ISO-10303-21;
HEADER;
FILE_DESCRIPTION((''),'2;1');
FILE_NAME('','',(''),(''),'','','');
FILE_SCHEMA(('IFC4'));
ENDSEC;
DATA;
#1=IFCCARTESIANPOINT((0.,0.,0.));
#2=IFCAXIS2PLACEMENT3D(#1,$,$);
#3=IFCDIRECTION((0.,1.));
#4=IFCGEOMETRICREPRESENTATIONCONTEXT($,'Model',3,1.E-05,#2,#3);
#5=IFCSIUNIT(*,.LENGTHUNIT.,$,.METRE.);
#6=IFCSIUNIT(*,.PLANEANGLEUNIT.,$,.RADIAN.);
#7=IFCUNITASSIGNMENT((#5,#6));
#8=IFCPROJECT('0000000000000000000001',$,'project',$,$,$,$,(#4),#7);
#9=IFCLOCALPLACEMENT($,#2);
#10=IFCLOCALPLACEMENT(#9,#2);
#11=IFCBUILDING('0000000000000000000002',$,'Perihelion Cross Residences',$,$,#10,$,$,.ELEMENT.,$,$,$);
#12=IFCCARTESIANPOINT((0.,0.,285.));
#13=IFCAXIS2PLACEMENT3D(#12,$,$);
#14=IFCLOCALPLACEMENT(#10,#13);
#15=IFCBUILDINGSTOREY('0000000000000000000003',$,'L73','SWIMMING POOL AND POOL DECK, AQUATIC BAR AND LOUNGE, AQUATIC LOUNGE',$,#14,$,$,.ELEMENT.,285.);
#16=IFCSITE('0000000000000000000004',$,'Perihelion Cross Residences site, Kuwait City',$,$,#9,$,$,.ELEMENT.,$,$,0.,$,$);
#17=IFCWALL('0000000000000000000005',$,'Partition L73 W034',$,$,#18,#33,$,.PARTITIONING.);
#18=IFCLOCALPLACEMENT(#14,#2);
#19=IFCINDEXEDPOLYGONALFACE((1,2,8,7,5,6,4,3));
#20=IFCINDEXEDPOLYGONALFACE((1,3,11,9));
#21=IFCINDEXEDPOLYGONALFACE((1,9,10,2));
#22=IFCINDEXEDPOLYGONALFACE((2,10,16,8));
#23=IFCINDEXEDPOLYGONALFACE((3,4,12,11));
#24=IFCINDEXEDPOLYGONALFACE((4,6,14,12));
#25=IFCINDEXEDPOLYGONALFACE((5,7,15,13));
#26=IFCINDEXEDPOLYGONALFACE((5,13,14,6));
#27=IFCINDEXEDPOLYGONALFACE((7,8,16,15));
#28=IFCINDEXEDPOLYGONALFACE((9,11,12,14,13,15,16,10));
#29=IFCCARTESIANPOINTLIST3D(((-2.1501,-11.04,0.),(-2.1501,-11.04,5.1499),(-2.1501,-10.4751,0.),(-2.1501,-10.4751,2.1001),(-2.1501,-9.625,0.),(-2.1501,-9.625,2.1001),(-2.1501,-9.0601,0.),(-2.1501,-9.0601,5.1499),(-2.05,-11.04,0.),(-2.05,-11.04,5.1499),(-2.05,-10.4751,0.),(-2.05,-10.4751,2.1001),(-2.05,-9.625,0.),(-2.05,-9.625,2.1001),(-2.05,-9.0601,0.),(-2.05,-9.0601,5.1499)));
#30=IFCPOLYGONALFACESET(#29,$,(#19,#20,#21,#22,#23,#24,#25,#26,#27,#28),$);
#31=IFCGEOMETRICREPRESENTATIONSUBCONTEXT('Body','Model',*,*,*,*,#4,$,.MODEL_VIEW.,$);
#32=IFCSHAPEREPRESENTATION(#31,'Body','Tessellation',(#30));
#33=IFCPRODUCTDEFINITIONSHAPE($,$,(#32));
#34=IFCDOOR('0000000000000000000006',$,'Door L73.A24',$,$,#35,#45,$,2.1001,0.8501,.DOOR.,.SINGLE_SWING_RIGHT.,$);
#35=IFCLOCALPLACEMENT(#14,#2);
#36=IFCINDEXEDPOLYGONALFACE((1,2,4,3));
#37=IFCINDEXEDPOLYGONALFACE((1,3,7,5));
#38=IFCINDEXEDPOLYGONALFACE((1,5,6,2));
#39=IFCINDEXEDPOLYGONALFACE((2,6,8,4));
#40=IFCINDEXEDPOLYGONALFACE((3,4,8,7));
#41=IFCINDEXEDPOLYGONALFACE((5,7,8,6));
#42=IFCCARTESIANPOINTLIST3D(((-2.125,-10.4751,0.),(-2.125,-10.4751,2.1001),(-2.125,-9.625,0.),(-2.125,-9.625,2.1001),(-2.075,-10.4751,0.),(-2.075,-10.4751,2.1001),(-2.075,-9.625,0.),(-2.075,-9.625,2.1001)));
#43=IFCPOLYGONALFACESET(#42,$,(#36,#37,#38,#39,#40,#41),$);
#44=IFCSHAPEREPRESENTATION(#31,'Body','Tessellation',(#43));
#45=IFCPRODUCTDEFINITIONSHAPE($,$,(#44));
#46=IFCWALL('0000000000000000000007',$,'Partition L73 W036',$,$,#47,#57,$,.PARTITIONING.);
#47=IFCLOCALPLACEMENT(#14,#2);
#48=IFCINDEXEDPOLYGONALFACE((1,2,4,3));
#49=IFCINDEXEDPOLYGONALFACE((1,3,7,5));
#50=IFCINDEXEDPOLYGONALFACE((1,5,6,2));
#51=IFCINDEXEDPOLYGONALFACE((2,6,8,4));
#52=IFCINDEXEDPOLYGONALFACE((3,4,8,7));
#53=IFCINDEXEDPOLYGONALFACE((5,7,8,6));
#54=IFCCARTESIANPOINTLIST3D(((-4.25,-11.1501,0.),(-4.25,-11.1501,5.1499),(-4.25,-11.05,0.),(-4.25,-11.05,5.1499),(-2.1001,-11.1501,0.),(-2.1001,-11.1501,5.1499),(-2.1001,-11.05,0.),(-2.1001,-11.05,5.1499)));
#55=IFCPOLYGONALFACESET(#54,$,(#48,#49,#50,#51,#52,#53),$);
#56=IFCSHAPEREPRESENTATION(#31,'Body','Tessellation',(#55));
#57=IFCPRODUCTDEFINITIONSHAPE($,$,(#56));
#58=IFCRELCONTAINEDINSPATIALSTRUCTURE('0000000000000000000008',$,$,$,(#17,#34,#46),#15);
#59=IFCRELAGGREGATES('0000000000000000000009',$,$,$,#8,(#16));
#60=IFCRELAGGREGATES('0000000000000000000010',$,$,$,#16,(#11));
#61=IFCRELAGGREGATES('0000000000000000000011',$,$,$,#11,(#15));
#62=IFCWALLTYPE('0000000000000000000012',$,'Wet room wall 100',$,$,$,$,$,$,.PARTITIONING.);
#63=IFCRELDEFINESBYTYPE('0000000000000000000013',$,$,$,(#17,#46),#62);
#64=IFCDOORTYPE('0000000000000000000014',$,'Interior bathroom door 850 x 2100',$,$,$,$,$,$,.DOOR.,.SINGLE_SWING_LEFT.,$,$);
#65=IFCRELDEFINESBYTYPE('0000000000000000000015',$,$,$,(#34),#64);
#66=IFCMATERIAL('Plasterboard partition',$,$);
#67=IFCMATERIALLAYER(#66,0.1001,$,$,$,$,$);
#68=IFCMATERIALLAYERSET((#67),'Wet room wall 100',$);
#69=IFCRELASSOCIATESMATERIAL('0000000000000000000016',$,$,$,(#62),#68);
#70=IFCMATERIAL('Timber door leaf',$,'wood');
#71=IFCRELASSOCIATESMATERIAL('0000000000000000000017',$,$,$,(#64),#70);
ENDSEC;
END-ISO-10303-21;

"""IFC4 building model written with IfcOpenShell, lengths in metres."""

from ifc_helpers import new_model, si_unit, direction, frame, frame_2d, origin, place, context, subcontext, project, spatial, rectangle, extrude, material, layer, layer_set, type_object, element, fill, save


model = new_model("IFC4")

# Units and contexts
model_context = context("Model", 3, precision=1e-05, world=origin(), true_north=direction((0.0, 1.0)))
body_context = subcontext(model_context, "Body", "Model", "MODEL_VIEW")
ifc_project = project(units=[si_unit("LENGTHUNIT", "METRE"), si_unit("PLANEANGLEUNIT", "RADIAN")], contexts=[model_context])

# Site, building, storey
site_placement = place(None, origin())
site = spatial("IfcSite", under=ifc_project, at=site_placement, Name="Perihelion Cross Residences site, Kuwait City", CompositionType="ELEMENT", RefElevation=0.0)
building_placement = place(site_placement, origin())
building = spatial("IfcBuilding", under=site, at=building_placement, Name="Perihelion Cross Residences", CompositionType="ELEMENT")
storey_placement = place(building_placement, frame((0.0, 0.0, 285.0)))
storey = spatial("IfcBuildingStorey", under=building, at=storey_placement, Name="L73", Description="SWIMMING POOL AND POOL DECK, AQUATIC BAR AND LOUNGE, AQUATIC LOUNGE", CompositionType="ELEMENT", Elevation=285.0)

# Shared definitions
ifc_material_1 = material(Name="Plasterboard partition")
ifc_layer_1 = layer(ifc_material_1, 0.1001)
ifc_layer_set_1 = layer_set([ifc_layer_1], Name="Wet room wall 100")
wall_type_1 = type_object("IfcWallType", Name="Wet room wall 100", PredefinedType="PARTITIONING", material=ifc_layer_set_1)

# Wall, opening, door
wall_1_placement = place(storey_placement, frame((-2.1001, -11.04, 0.0), z_axis=(0.0, 0.0, 1.0), x_axis=(0.0, 1.0, 0.0)))
wall_1 = element("IfcWall", 1, at=wall_1_placement, inside=storey, type_object=wall_type_1, Name="Partition L73 W034", PredefinedType="PARTITIONING", context=body_context, shape_type="SweptSolid", body=[
    extrude(rectangle(XDim=1.98, YDim=0.1001, at=frame_2d((0.99, 0.0))), origin(), (0.0, 0.0, 1.0), 5.1499),
])
opening_1_placement = place(wall_1_placement, frame((0.5649, 0.0, 0.0)))
opening_1 = element("IfcOpeningElement", 2, at=opening_1_placement, cuts=wall_1, PredefinedType="OPENING", context=body_context, shape_type="SweptSolid", body=[
    extrude(rectangle(XDim=0.8501, YDim=2.1001, at=frame_2d((0.425, 1.05))), frame((0.0, 0.0601, 0.0), z_axis=(0.0, -1.0, 0.0), x_axis=(1.0, 0.0, 0.0)), (0.0, 0.0, 1.0), 0.1201),
])
ifc_material_2 = material(Name="Timber door leaf", Category="wood")
door_type_1 = type_object("IfcDoorType", Name="Interior bathroom door 850 x 2100", OperationType="SINGLE_SWING_LEFT", PredefinedType="DOOR", material=ifc_material_2)
door_1_placement = place(opening_1_placement, origin())
door_1 = element("IfcDoor", 3, at=door_1_placement, inside=storey, type_object=door_type_1, Name="Door L73.A24", OperationType="SINGLE_SWING_RIGHT", OverallHeight=2.1001, OverallWidth=0.8501, PredefinedType="DOOR", context=body_context, shape_type="SweptSolid", body=[
    extrude(rectangle(XDim=0.8501, YDim=2.1001, at=frame_2d((0.425, 1.05))), frame((0.0, 0.0249, 0.0), z_axis=(0.0, -1.0, 0.0), x_axis=(1.0, 0.0, 0.0)), (0.0, 0.0, 1.0), 0.05),
])
fill(opening_1, door_1)

# Wall
wall_2_placement = place(storey_placement, frame((-2.1001, -11.1001, 0.0), z_axis=(0.0, 0.0, 1.0), x_axis=(-1.0, 0.0, 0.0)))
element("IfcWall", 4, at=wall_2_placement, inside=storey, type_object=wall_type_1, Name="Partition L73 W036", PredefinedType="PARTITIONING", context=body_context, shape_type="SweptSolid", body=[
    extrude(rectangle(XDim=2.1499, YDim=0.1001, at=frame_2d((1.075, 0.0))), origin(), (0.0, 0.0, 1.0), 5.1499),
])

save(model, "model.ifc")
